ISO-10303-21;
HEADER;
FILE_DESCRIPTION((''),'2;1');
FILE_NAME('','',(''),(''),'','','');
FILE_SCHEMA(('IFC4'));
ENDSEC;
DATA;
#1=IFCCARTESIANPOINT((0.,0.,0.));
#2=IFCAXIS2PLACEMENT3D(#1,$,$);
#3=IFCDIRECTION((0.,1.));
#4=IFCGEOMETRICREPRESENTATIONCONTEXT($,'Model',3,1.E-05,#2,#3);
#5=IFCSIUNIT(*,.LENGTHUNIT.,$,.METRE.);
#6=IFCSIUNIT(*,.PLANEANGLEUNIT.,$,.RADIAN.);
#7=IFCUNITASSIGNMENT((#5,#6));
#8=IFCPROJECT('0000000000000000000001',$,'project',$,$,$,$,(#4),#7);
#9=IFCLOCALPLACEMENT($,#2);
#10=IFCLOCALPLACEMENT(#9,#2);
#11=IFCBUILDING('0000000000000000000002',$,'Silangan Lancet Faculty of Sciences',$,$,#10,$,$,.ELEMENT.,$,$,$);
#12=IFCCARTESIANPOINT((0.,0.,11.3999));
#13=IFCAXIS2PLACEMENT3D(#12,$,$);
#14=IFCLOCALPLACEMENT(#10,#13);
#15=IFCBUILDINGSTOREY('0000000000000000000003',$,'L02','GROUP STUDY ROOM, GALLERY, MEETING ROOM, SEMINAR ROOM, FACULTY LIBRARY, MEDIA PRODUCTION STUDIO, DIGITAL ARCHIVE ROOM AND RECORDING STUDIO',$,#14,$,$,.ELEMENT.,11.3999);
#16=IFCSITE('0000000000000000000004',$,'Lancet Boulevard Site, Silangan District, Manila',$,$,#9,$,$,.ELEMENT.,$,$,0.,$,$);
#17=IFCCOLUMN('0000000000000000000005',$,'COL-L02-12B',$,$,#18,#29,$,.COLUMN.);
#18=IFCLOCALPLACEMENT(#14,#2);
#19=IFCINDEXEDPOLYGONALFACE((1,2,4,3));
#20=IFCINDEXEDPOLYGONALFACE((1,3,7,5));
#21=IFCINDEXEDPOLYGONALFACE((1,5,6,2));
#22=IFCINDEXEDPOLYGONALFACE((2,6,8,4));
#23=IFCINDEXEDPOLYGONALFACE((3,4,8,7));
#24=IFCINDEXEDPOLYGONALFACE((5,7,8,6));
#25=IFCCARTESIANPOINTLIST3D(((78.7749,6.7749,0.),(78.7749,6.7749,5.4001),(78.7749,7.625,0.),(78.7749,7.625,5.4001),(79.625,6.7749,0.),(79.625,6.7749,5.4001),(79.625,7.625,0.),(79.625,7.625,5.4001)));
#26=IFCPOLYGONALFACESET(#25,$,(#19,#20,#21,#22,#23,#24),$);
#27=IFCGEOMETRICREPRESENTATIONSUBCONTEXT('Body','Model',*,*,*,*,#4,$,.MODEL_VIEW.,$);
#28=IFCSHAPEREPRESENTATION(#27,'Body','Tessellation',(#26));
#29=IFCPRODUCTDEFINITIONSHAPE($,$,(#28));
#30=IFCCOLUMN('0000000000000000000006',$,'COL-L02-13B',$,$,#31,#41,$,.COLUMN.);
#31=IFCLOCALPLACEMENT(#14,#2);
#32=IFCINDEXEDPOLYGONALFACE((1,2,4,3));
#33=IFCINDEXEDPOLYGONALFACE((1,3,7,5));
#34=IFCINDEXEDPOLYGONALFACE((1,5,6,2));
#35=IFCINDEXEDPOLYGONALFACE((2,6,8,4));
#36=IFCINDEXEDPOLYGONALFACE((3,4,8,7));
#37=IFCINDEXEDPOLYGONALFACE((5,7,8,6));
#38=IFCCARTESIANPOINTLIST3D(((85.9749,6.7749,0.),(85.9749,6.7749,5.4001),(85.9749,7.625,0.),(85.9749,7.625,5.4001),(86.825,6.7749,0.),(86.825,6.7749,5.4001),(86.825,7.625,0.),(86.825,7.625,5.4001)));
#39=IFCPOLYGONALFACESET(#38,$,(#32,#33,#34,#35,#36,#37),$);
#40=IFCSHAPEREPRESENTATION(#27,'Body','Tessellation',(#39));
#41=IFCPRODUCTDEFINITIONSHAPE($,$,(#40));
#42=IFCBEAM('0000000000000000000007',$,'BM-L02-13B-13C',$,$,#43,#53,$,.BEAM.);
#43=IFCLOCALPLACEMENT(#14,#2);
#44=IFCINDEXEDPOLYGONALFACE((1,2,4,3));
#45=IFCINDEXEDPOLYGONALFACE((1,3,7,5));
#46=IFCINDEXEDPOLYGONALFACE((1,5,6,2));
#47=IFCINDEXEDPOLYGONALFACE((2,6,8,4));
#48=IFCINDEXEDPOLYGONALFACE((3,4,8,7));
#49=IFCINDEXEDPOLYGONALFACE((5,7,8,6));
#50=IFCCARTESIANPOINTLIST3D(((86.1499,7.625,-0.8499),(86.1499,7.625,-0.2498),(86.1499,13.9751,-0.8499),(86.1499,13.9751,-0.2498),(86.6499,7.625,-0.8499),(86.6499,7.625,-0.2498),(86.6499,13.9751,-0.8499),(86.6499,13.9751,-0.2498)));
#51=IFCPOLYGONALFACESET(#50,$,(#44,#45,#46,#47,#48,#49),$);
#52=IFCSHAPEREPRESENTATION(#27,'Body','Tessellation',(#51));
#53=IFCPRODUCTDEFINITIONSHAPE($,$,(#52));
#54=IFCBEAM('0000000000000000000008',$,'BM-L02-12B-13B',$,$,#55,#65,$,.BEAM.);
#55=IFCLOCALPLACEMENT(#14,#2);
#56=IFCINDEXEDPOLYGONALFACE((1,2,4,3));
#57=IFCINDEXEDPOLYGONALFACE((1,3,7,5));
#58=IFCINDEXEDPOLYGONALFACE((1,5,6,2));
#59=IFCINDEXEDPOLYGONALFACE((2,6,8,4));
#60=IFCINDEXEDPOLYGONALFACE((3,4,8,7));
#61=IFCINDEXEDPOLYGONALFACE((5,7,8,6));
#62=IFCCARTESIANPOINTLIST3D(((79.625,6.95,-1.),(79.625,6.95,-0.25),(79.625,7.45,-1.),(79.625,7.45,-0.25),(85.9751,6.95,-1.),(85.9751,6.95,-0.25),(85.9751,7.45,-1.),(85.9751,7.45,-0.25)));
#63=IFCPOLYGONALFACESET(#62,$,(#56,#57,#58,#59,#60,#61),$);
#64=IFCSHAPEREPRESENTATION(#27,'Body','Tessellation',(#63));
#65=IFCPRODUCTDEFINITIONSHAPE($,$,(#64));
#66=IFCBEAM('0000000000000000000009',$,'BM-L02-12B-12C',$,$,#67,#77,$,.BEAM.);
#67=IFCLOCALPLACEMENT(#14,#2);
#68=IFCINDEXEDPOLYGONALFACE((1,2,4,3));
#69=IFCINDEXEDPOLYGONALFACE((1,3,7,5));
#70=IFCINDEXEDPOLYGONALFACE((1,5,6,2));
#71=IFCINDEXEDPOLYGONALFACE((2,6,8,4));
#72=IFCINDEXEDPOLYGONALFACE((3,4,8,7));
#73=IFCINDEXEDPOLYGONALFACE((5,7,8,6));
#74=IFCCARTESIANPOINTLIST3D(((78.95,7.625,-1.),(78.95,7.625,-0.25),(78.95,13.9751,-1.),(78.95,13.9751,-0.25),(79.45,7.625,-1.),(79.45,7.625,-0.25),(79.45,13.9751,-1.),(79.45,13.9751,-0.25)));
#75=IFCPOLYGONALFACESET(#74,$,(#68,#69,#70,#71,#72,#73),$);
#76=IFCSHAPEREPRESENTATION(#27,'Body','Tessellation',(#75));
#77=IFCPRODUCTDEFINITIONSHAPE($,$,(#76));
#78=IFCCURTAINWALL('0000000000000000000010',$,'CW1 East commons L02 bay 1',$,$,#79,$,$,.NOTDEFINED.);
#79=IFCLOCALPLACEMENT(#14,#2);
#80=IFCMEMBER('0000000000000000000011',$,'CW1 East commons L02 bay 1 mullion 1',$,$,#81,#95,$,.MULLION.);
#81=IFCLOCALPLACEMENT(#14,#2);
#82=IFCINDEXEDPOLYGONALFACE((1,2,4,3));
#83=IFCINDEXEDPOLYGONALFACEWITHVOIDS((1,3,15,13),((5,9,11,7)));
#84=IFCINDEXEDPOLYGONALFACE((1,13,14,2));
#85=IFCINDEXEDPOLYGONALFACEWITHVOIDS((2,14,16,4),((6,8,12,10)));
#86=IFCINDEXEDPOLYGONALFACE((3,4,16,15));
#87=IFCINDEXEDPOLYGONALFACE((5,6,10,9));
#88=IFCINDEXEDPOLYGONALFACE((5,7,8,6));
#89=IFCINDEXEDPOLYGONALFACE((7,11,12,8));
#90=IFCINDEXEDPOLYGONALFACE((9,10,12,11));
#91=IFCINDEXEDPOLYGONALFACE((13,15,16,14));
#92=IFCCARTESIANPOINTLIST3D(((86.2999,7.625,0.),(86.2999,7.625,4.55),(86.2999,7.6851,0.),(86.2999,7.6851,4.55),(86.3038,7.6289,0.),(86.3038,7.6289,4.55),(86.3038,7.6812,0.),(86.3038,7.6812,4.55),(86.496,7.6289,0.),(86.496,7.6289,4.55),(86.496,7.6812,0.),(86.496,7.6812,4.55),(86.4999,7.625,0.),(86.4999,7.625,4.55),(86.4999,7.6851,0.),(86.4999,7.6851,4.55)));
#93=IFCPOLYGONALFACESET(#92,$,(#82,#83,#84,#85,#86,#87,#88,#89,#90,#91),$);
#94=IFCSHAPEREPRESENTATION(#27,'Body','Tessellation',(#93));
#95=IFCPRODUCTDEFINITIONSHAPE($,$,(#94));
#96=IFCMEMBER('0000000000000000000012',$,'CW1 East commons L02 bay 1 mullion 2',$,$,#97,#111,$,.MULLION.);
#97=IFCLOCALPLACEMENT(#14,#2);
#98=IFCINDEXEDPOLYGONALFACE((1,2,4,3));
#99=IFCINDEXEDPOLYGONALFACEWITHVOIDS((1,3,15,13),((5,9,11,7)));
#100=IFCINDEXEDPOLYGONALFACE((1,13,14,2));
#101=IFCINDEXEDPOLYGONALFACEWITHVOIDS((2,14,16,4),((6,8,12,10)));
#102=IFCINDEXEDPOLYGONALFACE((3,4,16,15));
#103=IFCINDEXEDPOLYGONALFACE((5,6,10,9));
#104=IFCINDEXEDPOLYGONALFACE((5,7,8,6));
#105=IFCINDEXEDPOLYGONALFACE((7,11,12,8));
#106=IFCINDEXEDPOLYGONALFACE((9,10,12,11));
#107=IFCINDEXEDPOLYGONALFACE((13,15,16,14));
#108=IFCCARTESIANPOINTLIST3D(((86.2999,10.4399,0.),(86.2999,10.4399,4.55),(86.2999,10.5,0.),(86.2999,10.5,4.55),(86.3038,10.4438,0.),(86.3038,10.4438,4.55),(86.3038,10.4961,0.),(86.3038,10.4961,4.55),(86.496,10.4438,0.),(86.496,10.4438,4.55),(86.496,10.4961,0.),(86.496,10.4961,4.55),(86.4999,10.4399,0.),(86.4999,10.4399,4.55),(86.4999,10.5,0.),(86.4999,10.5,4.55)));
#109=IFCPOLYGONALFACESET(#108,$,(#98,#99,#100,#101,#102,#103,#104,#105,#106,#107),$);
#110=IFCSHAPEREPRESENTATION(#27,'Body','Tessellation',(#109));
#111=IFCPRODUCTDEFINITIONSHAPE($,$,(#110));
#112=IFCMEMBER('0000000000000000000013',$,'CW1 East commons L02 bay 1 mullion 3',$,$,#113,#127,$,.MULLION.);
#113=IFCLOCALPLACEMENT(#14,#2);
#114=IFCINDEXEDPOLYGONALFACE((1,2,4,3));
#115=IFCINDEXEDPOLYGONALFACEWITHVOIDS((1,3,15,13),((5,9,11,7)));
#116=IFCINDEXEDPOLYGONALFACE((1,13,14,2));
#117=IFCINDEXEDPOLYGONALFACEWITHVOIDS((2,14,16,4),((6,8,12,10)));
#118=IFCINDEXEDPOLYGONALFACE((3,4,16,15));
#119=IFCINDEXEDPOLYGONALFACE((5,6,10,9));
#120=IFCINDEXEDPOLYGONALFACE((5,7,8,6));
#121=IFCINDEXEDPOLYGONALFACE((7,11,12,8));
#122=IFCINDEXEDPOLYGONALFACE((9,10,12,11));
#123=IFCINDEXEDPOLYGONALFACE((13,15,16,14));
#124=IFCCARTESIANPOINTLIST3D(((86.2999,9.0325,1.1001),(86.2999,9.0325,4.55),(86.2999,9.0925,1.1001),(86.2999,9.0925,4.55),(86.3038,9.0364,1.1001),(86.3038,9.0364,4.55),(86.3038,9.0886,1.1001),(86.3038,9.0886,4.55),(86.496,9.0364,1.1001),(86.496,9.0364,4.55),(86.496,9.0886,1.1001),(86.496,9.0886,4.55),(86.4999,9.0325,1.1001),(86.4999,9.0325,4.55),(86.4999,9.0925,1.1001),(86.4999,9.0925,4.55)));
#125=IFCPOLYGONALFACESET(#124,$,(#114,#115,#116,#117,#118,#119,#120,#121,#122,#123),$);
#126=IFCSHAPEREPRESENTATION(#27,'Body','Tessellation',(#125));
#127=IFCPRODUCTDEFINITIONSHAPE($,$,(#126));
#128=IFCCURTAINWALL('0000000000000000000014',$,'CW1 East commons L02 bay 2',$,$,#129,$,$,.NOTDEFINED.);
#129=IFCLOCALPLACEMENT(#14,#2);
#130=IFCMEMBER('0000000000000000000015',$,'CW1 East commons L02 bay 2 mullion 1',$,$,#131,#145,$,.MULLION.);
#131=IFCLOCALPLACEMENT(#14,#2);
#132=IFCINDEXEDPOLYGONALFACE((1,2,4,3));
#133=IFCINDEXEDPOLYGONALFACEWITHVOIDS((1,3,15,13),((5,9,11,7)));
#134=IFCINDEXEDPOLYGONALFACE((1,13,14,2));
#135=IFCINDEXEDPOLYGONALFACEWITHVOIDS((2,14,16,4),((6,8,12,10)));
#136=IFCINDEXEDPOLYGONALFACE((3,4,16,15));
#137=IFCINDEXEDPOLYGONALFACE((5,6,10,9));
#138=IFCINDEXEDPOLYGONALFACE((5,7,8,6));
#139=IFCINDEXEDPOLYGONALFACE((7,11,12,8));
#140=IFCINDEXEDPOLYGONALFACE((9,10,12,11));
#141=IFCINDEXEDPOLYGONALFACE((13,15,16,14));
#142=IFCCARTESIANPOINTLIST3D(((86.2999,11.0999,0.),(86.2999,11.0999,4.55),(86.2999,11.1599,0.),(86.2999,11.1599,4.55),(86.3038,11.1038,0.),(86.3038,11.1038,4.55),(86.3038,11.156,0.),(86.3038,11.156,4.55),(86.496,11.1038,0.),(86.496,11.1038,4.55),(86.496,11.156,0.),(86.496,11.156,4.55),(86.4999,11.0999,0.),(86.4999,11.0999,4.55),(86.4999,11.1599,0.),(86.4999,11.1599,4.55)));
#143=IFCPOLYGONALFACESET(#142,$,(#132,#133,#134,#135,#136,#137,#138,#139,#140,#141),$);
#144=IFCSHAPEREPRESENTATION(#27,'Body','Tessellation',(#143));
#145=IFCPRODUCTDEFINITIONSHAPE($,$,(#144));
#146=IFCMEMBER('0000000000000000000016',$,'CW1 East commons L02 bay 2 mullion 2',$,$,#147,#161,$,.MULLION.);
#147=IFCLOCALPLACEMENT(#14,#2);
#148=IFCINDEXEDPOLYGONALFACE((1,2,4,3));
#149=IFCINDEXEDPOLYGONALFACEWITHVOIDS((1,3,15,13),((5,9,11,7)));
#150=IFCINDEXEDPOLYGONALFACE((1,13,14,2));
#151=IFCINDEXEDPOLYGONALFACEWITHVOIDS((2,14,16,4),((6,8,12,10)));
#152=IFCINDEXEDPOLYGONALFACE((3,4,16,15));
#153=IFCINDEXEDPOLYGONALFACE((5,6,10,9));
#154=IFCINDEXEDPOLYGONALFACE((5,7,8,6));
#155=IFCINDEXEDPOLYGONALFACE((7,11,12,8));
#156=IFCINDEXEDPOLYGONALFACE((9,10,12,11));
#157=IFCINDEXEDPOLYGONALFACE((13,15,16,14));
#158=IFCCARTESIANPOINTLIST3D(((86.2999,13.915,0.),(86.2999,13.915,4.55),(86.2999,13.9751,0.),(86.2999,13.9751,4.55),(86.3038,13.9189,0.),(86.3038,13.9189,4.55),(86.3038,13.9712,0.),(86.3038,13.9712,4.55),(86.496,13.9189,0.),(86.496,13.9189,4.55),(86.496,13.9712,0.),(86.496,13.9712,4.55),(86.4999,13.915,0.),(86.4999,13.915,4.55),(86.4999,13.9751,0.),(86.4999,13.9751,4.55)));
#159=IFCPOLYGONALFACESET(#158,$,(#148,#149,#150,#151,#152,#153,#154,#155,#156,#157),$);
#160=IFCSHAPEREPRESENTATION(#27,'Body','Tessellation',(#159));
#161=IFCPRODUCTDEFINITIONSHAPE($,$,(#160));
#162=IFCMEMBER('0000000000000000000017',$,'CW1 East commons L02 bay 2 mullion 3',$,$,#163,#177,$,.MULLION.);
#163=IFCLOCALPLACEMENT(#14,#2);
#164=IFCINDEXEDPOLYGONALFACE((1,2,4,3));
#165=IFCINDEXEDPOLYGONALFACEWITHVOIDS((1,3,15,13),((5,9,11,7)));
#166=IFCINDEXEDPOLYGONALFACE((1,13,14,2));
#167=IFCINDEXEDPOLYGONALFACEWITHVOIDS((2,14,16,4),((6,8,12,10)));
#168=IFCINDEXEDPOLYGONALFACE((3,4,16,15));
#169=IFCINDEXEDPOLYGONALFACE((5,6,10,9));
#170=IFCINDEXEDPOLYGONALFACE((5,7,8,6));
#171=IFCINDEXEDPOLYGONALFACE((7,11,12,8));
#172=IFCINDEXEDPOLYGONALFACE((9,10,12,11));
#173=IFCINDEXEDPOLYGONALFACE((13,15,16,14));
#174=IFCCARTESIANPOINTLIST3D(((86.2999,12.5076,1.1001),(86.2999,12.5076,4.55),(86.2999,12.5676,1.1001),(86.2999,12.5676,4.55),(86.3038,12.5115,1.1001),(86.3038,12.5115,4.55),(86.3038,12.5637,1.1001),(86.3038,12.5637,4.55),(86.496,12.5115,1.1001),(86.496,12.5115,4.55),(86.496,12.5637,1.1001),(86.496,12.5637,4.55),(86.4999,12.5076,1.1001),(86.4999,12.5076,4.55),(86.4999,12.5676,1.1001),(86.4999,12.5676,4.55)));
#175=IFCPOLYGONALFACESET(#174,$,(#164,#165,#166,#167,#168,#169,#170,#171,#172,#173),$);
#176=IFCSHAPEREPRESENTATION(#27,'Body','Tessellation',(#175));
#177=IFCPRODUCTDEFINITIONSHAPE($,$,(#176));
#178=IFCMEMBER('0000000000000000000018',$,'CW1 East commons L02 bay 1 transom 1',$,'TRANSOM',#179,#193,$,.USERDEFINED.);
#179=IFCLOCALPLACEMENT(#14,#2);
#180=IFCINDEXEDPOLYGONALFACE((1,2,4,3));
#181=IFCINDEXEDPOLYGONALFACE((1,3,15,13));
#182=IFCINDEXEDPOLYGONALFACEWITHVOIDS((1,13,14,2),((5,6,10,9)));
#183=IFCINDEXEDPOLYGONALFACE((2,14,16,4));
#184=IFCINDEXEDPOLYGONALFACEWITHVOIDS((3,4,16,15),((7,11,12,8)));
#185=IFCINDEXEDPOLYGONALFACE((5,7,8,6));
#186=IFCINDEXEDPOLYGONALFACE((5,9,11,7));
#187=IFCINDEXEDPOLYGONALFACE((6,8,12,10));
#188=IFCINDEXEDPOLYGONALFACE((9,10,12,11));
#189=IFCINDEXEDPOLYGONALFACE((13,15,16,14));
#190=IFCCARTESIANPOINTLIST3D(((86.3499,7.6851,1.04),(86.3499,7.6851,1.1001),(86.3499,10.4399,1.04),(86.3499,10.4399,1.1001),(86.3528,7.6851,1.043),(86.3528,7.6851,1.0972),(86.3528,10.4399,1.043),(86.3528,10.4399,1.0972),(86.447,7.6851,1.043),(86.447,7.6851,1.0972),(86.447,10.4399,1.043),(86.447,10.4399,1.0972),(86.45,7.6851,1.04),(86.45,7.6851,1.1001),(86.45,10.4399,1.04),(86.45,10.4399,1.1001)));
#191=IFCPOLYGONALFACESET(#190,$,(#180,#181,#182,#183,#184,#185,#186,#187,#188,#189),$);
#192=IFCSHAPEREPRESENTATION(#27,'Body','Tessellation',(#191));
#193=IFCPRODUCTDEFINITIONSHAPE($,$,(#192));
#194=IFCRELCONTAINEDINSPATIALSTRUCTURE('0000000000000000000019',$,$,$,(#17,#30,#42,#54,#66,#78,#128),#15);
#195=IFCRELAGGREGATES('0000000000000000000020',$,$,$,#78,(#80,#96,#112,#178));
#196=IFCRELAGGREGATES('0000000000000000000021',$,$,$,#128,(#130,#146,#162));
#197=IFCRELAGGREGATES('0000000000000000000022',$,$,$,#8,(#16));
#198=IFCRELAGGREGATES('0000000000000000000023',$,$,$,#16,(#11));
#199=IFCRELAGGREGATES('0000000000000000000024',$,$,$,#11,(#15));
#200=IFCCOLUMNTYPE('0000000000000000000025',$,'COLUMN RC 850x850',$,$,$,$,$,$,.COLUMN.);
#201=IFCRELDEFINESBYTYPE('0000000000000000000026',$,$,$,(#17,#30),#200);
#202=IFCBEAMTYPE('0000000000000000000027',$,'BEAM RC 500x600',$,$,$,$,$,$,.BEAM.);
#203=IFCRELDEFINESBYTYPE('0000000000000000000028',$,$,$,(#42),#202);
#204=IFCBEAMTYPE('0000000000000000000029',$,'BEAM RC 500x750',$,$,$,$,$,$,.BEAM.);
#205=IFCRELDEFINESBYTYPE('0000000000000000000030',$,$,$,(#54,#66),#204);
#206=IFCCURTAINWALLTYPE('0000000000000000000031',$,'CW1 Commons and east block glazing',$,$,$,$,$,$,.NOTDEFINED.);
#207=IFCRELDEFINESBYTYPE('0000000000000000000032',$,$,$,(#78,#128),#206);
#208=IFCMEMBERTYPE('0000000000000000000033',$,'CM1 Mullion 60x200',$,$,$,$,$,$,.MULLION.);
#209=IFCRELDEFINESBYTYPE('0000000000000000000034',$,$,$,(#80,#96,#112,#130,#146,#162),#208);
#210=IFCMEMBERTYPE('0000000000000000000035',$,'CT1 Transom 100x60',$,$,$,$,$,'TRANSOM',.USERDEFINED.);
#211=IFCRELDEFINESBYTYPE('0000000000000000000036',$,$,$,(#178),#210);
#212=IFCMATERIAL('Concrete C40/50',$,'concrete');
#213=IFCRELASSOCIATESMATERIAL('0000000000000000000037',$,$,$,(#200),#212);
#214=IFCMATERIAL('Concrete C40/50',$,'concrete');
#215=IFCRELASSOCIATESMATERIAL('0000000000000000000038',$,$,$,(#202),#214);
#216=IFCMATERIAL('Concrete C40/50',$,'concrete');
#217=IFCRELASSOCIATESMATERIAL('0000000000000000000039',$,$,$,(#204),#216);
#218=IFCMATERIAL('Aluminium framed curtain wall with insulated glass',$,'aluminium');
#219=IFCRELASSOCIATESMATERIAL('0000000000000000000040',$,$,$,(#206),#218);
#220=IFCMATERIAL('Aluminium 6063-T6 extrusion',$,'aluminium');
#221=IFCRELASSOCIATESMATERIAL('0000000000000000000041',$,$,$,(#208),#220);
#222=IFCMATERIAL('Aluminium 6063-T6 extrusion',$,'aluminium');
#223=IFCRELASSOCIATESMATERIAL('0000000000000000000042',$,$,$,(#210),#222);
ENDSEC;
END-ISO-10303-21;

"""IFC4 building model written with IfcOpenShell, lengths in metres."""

from ifc_helpers import new_model, si_unit, direction, frame, origin, origin_2d, place, context, subcontext, project, spatial, rectangle, hollow_rectangle, extrude, material, material_profile, profile_set, type_object, element, aggregate, save


model = new_model("IFC4")

# Units and contexts
model_context = context("Model", 3, precision=1e-05, world=origin(), true_north=direction((0.0, 1.0)))
body_context = subcontext(model_context, "Body", "Model", "MODEL_VIEW")
ifc_project = project(units=[si_unit("LENGTHUNIT", "METRE"), si_unit("PLANEANGLEUNIT", "RADIAN")], contexts=[model_context])

# Site, building, storey
site_placement = place(None, origin())
site = spatial("IfcSite", under=ifc_project, at=site_placement, Name="Lancet Boulevard Site, Silangan District, Manila", CompositionType="ELEMENT", RefElevation=0.0)
building_placement = place(site_placement, origin())
building = spatial("IfcBuilding", under=site, at=building_placement, Name="Silangan Lancet Faculty of Sciences", CompositionType="ELEMENT")
storey_placement = place(building_placement, frame((0.0, 0.0, 11.3999)))
storey = spatial("IfcBuildingStorey", under=building, at=storey_placement, Name="L02", Description="GROUP STUDY ROOM, GALLERY, MEETING ROOM, SEMINAR ROOM, FACULTY LIBRARY, MEDIA PRODUCTION STUDIO, DIGITAL ARCHIVE ROOM AND RECORDING STUDIO", CompositionType="ELEMENT", Elevation=11.3999)

# Columns
ifc_material_1 = material(Name="Concrete C40/50", Category="concrete")
ifc_material_profile_1 = material_profile(ifc_material_1, rectangle(XDim=0.8501, YDim=0.8501, at=origin_2d()), Name="RC 850x850")
ifc_profile_set_1 = profile_set([ifc_material_profile_1], Name="Concrete C40/50")
column_type = type_object("IfcColumnType", Name="COLUMN RC 850x850", PredefinedType="COLUMN", material=ifc_profile_set_1)
for number, where, z_axis, x_axis, name in (
    (1, (79.2, 7.2, 0.0), (0.0, 0.0, 1.0), (1.0, 0.0, 0.0), "COL-L02-12B"),
    (2, (86.3999, 7.2, 0.0), (0.0, 0.0, 1.0), (1.0, 0.0, 0.0), "COL-L02-13B"),
):
    element("IfcColumn", number, at=place(storey_placement, frame(where, z_axis=z_axis, x_axis=x_axis)), inside=storey, type_object=column_type, Name=name, PredefinedType="COLUMN", context=body_context, shape_type="SweptSolid", body=[
        extrude(rectangle(XDim=0.8501, YDim=0.8501, at=origin_2d()), origin(), (0.0, 0.0, 1.0), 5.4001),
    ])

# Beams
ifc_material_2 = material(Name="Concrete C40/50", Category="concrete")
ifc_material_profile_2 = material_profile(ifc_material_2, rectangle(XDim=0.5, YDim=0.6001, at=origin_2d()), Name="RC 500x600")
ifc_profile_set_2 = profile_set([ifc_material_profile_2], Name="Concrete C40/50")
beam_type_1 = type_object("IfcBeamType", Name="BEAM RC 500x600", PredefinedType="BEAM", material=ifc_profile_set_2)
beam_placement = place(storey_placement, frame((86.3999, 7.625, -0.5498), z_axis=(0.0, 1.0, 0.0), x_axis=(-1.0, 0.0, 0.0)))
element("IfcBeam", 3, at=beam_placement, inside=storey, type_object=beam_type_1, Name="BM-L02-13B-13C", PredefinedType="BEAM", context=body_context, shape_type="SweptSolid", body=[
    extrude(rectangle(XDim=0.5, YDim=0.6001, at=origin_2d()), origin(), (0.0, 0.0, 1.0), 6.3501),
])
ifc_material_3 = material(Name="Concrete C40/50", Category="concrete")
ifc_material_profile_3 = material_profile(ifc_material_3, rectangle(XDim=0.5, YDim=0.75, at=origin_2d()), Name="RC 500x750")
ifc_profile_set_3 = profile_set([ifc_material_profile_3], Name="Concrete C40/50")
beam_type_2 = type_object("IfcBeamType", Name="BEAM RC 500x750", PredefinedType="BEAM", material=ifc_profile_set_3)
for number, where, z_axis, x_axis, name in (
    (4, (79.625, 7.2, -0.625), (1.0, 0.0, 0.0), (0.0, 1.0, 0.0), "BM-L02-12B-13B"),
    (5, (79.2, 7.625, -0.625), (0.0, 1.0, 0.0), (-1.0, 0.0, 0.0), "BM-L02-12B-12C"),
):
    element("IfcBeam", number, at=place(storey_placement, frame(where, z_axis=z_axis, x_axis=x_axis)), inside=storey, type_object=beam_type_2, Name=name, PredefinedType="BEAM", context=body_context, shape_type="SweptSolid", body=[
        extrude(rectangle(XDim=0.5, YDim=0.75, at=origin_2d()), origin(), (0.0, 0.0, 1.0), 6.3501),
    ])

# Curtain walls, members
ifc_material_4 = material(Name="Aluminium framed curtain wall with insulated glass", Category="aluminium")
curtain_wall_type = type_object("IfcCurtainWallType", Name="CW1 Commons and east block glazing", PredefinedType="NOTDEFINED", material=ifc_material_4)
curtain_wall_1_placement = place(storey_placement, origin())
curtain_wall_1 = element("IfcCurtainWall", 6, at=curtain_wall_1_placement, inside=storey, type_object=curtain_wall_type, Name="CW1 East commons L02 bay 1", PredefinedType="NOTDEFINED")
ifc_material_5 = material(Name="Aluminium 6063-T6 extrusion", Category="aluminium")
ifc_material_profile_4 = material_profile(ifc_material_5, hollow_rectangle(XDim=0.0601, YDim=0.2, WallThickness=0.0039, at=origin_2d()), Name="AL BOX 60x200x4")
ifc_profile_set_4 = profile_set([ifc_material_profile_4], Name="Aluminium 6063-T6 extrusion")
member_type_1 = type_object("IfcMemberType", Name="CM1 Mullion 60x200", PredefinedType="MULLION", material=ifc_profile_set_4)
member_1_placement = place(storey_placement, frame((86.3999, 7.655, 0.0), z_axis=(0.0, 0.0, 1.0), x_axis=(0.0, 1.0, 0.0)))
member_1 = element("IfcMember", 7, at=member_1_placement, type_object=member_type_1, Name="CW1 East commons L02 bay 1 mullion 1", PredefinedType="MULLION", context=body_context, shape_type="SweptSolid", body=[
    extrude(hollow_rectangle(XDim=0.0601, YDim=0.2, WallThickness=0.0039, at=origin_2d()), origin(), (0.0, 0.0, 1.0), 4.55),
])
member_2_placement = place(storey_placement, frame((86.3999, 10.47, 0.0), z_axis=(0.0, 0.0, 1.0), x_axis=(0.0, 1.0, 0.0)))
member_2 = element("IfcMember", 8, at=member_2_placement, type_object=member_type_1, Name="CW1 East commons L02 bay 1 mullion 2", PredefinedType="MULLION", context=body_context, shape_type="SweptSolid", body=[
    extrude(hollow_rectangle(XDim=0.0601, YDim=0.2, WallThickness=0.0039, at=origin_2d()), origin(), (0.0, 0.0, 1.0), 4.55),
])
member_3_placement = place(storey_placement, frame((86.3999, 9.0625, 1.1001), z_axis=(0.0, 0.0, 1.0), x_axis=(0.0, 1.0, 0.0)))
member_3 = element("IfcMember", 9, at=member_3_placement, type_object=member_type_1, Name="CW1 East commons L02 bay 1 mullion 3", PredefinedType="MULLION", context=body_context, shape_type="SweptSolid", body=[
    extrude(hollow_rectangle(XDim=0.0601, YDim=0.2, WallThickness=0.0039, at=origin_2d()), origin(), (0.0, 0.0, 1.0), 3.45),
])
curtain_wall_2_placement = place(storey_placement, origin())
curtain_wall_2 = element("IfcCurtainWall", 10, at=curtain_wall_2_placement, inside=storey, type_object=curtain_wall_type, Name="CW1 East commons L02 bay 2", PredefinedType="NOTDEFINED")
member_4_placement = place(storey_placement, frame((86.3999, 11.1299, 0.0), z_axis=(0.0, 0.0, 1.0), x_axis=(0.0, 1.0, 0.0)))
member_4 = element("IfcMember", 11, at=member_4_placement, type_object=member_type_1, Name="CW1 East commons L02 bay 2 mullion 1", PredefinedType="MULLION", context=body_context, shape_type="SweptSolid", body=[
    extrude(hollow_rectangle(XDim=0.0601, YDim=0.2, WallThickness=0.0039, at=origin_2d()), origin(), (0.0, 0.0, 1.0), 4.55),
])
member_5_placement = place(storey_placement, frame((86.3999, 13.9451, 0.0), z_axis=(0.0, 0.0, 1.0), x_axis=(0.0, 1.0, 0.0)))
member_5 = element("IfcMember", 12, at=member_5_placement, type_object=member_type_1, Name="CW1 East commons L02 bay 2 mullion 2", PredefinedType="MULLION", context=body_context, shape_type="SweptSolid", body=[
    extrude(hollow_rectangle(XDim=0.0601, YDim=0.2, WallThickness=0.0039, at=origin_2d()), origin(), (0.0, 0.0, 1.0), 4.55),
])
member_6_placement = place(storey_placement, frame((86.3999, 12.5376, 1.1001), z_axis=(0.0, 0.0, 1.0), x_axis=(0.0, 1.0, 0.0)))
member_6 = element("IfcMember", 13, at=member_6_placement, type_object=member_type_1, Name="CW1 East commons L02 bay 2 mullion 3", PredefinedType="MULLION", context=body_context, shape_type="SweptSolid", body=[
    extrude(hollow_rectangle(XDim=0.0601, YDim=0.2, WallThickness=0.0039, at=origin_2d()), origin(), (0.0, 0.0, 1.0), 3.45),
])

# Member
ifc_material_6 = material(Name="Aluminium 6063-T6 extrusion", Category="aluminium")
ifc_material_profile_5 = material_profile(ifc_material_6, hollow_rectangle(XDim=0.1001, YDim=0.0601, WallThickness=0.0029, at=origin_2d()), Name="AL BOX 100x60x3")
ifc_profile_set_5 = profile_set([ifc_material_profile_5], Name="Aluminium 6063-T6 extrusion")
member_type_2 = type_object("IfcMemberType", Name="CT1 Transom 100x60", ElementType="TRANSOM", PredefinedType="USERDEFINED", material=ifc_profile_set_5)
member_7_placement = place(storey_placement, frame((86.3999, 7.6851, 1.0701), z_axis=(0.0, 1.0, 0.0), x_axis=(-1.0, 0.0, 0.0)))
member_7 = element("IfcMember", 14, at=member_7_placement, type_object=member_type_2, Name="CW1 East commons L02 bay 1 transom 1", ObjectType="TRANSOM", PredefinedType="USERDEFINED", context=body_context, shape_type="SweptSolid", body=[
    extrude(hollow_rectangle(XDim=0.1001, YDim=0.0601, WallThickness=0.0029, at=origin_2d()), origin(), (0.0, 0.0, 1.0), 2.7549),
])

aggregate(curtain_wall_1, [member_1, member_2, member_3, member_7])
aggregate(curtain_wall_2, [member_4, member_5, member_6])

save(model, "model.ifc")
